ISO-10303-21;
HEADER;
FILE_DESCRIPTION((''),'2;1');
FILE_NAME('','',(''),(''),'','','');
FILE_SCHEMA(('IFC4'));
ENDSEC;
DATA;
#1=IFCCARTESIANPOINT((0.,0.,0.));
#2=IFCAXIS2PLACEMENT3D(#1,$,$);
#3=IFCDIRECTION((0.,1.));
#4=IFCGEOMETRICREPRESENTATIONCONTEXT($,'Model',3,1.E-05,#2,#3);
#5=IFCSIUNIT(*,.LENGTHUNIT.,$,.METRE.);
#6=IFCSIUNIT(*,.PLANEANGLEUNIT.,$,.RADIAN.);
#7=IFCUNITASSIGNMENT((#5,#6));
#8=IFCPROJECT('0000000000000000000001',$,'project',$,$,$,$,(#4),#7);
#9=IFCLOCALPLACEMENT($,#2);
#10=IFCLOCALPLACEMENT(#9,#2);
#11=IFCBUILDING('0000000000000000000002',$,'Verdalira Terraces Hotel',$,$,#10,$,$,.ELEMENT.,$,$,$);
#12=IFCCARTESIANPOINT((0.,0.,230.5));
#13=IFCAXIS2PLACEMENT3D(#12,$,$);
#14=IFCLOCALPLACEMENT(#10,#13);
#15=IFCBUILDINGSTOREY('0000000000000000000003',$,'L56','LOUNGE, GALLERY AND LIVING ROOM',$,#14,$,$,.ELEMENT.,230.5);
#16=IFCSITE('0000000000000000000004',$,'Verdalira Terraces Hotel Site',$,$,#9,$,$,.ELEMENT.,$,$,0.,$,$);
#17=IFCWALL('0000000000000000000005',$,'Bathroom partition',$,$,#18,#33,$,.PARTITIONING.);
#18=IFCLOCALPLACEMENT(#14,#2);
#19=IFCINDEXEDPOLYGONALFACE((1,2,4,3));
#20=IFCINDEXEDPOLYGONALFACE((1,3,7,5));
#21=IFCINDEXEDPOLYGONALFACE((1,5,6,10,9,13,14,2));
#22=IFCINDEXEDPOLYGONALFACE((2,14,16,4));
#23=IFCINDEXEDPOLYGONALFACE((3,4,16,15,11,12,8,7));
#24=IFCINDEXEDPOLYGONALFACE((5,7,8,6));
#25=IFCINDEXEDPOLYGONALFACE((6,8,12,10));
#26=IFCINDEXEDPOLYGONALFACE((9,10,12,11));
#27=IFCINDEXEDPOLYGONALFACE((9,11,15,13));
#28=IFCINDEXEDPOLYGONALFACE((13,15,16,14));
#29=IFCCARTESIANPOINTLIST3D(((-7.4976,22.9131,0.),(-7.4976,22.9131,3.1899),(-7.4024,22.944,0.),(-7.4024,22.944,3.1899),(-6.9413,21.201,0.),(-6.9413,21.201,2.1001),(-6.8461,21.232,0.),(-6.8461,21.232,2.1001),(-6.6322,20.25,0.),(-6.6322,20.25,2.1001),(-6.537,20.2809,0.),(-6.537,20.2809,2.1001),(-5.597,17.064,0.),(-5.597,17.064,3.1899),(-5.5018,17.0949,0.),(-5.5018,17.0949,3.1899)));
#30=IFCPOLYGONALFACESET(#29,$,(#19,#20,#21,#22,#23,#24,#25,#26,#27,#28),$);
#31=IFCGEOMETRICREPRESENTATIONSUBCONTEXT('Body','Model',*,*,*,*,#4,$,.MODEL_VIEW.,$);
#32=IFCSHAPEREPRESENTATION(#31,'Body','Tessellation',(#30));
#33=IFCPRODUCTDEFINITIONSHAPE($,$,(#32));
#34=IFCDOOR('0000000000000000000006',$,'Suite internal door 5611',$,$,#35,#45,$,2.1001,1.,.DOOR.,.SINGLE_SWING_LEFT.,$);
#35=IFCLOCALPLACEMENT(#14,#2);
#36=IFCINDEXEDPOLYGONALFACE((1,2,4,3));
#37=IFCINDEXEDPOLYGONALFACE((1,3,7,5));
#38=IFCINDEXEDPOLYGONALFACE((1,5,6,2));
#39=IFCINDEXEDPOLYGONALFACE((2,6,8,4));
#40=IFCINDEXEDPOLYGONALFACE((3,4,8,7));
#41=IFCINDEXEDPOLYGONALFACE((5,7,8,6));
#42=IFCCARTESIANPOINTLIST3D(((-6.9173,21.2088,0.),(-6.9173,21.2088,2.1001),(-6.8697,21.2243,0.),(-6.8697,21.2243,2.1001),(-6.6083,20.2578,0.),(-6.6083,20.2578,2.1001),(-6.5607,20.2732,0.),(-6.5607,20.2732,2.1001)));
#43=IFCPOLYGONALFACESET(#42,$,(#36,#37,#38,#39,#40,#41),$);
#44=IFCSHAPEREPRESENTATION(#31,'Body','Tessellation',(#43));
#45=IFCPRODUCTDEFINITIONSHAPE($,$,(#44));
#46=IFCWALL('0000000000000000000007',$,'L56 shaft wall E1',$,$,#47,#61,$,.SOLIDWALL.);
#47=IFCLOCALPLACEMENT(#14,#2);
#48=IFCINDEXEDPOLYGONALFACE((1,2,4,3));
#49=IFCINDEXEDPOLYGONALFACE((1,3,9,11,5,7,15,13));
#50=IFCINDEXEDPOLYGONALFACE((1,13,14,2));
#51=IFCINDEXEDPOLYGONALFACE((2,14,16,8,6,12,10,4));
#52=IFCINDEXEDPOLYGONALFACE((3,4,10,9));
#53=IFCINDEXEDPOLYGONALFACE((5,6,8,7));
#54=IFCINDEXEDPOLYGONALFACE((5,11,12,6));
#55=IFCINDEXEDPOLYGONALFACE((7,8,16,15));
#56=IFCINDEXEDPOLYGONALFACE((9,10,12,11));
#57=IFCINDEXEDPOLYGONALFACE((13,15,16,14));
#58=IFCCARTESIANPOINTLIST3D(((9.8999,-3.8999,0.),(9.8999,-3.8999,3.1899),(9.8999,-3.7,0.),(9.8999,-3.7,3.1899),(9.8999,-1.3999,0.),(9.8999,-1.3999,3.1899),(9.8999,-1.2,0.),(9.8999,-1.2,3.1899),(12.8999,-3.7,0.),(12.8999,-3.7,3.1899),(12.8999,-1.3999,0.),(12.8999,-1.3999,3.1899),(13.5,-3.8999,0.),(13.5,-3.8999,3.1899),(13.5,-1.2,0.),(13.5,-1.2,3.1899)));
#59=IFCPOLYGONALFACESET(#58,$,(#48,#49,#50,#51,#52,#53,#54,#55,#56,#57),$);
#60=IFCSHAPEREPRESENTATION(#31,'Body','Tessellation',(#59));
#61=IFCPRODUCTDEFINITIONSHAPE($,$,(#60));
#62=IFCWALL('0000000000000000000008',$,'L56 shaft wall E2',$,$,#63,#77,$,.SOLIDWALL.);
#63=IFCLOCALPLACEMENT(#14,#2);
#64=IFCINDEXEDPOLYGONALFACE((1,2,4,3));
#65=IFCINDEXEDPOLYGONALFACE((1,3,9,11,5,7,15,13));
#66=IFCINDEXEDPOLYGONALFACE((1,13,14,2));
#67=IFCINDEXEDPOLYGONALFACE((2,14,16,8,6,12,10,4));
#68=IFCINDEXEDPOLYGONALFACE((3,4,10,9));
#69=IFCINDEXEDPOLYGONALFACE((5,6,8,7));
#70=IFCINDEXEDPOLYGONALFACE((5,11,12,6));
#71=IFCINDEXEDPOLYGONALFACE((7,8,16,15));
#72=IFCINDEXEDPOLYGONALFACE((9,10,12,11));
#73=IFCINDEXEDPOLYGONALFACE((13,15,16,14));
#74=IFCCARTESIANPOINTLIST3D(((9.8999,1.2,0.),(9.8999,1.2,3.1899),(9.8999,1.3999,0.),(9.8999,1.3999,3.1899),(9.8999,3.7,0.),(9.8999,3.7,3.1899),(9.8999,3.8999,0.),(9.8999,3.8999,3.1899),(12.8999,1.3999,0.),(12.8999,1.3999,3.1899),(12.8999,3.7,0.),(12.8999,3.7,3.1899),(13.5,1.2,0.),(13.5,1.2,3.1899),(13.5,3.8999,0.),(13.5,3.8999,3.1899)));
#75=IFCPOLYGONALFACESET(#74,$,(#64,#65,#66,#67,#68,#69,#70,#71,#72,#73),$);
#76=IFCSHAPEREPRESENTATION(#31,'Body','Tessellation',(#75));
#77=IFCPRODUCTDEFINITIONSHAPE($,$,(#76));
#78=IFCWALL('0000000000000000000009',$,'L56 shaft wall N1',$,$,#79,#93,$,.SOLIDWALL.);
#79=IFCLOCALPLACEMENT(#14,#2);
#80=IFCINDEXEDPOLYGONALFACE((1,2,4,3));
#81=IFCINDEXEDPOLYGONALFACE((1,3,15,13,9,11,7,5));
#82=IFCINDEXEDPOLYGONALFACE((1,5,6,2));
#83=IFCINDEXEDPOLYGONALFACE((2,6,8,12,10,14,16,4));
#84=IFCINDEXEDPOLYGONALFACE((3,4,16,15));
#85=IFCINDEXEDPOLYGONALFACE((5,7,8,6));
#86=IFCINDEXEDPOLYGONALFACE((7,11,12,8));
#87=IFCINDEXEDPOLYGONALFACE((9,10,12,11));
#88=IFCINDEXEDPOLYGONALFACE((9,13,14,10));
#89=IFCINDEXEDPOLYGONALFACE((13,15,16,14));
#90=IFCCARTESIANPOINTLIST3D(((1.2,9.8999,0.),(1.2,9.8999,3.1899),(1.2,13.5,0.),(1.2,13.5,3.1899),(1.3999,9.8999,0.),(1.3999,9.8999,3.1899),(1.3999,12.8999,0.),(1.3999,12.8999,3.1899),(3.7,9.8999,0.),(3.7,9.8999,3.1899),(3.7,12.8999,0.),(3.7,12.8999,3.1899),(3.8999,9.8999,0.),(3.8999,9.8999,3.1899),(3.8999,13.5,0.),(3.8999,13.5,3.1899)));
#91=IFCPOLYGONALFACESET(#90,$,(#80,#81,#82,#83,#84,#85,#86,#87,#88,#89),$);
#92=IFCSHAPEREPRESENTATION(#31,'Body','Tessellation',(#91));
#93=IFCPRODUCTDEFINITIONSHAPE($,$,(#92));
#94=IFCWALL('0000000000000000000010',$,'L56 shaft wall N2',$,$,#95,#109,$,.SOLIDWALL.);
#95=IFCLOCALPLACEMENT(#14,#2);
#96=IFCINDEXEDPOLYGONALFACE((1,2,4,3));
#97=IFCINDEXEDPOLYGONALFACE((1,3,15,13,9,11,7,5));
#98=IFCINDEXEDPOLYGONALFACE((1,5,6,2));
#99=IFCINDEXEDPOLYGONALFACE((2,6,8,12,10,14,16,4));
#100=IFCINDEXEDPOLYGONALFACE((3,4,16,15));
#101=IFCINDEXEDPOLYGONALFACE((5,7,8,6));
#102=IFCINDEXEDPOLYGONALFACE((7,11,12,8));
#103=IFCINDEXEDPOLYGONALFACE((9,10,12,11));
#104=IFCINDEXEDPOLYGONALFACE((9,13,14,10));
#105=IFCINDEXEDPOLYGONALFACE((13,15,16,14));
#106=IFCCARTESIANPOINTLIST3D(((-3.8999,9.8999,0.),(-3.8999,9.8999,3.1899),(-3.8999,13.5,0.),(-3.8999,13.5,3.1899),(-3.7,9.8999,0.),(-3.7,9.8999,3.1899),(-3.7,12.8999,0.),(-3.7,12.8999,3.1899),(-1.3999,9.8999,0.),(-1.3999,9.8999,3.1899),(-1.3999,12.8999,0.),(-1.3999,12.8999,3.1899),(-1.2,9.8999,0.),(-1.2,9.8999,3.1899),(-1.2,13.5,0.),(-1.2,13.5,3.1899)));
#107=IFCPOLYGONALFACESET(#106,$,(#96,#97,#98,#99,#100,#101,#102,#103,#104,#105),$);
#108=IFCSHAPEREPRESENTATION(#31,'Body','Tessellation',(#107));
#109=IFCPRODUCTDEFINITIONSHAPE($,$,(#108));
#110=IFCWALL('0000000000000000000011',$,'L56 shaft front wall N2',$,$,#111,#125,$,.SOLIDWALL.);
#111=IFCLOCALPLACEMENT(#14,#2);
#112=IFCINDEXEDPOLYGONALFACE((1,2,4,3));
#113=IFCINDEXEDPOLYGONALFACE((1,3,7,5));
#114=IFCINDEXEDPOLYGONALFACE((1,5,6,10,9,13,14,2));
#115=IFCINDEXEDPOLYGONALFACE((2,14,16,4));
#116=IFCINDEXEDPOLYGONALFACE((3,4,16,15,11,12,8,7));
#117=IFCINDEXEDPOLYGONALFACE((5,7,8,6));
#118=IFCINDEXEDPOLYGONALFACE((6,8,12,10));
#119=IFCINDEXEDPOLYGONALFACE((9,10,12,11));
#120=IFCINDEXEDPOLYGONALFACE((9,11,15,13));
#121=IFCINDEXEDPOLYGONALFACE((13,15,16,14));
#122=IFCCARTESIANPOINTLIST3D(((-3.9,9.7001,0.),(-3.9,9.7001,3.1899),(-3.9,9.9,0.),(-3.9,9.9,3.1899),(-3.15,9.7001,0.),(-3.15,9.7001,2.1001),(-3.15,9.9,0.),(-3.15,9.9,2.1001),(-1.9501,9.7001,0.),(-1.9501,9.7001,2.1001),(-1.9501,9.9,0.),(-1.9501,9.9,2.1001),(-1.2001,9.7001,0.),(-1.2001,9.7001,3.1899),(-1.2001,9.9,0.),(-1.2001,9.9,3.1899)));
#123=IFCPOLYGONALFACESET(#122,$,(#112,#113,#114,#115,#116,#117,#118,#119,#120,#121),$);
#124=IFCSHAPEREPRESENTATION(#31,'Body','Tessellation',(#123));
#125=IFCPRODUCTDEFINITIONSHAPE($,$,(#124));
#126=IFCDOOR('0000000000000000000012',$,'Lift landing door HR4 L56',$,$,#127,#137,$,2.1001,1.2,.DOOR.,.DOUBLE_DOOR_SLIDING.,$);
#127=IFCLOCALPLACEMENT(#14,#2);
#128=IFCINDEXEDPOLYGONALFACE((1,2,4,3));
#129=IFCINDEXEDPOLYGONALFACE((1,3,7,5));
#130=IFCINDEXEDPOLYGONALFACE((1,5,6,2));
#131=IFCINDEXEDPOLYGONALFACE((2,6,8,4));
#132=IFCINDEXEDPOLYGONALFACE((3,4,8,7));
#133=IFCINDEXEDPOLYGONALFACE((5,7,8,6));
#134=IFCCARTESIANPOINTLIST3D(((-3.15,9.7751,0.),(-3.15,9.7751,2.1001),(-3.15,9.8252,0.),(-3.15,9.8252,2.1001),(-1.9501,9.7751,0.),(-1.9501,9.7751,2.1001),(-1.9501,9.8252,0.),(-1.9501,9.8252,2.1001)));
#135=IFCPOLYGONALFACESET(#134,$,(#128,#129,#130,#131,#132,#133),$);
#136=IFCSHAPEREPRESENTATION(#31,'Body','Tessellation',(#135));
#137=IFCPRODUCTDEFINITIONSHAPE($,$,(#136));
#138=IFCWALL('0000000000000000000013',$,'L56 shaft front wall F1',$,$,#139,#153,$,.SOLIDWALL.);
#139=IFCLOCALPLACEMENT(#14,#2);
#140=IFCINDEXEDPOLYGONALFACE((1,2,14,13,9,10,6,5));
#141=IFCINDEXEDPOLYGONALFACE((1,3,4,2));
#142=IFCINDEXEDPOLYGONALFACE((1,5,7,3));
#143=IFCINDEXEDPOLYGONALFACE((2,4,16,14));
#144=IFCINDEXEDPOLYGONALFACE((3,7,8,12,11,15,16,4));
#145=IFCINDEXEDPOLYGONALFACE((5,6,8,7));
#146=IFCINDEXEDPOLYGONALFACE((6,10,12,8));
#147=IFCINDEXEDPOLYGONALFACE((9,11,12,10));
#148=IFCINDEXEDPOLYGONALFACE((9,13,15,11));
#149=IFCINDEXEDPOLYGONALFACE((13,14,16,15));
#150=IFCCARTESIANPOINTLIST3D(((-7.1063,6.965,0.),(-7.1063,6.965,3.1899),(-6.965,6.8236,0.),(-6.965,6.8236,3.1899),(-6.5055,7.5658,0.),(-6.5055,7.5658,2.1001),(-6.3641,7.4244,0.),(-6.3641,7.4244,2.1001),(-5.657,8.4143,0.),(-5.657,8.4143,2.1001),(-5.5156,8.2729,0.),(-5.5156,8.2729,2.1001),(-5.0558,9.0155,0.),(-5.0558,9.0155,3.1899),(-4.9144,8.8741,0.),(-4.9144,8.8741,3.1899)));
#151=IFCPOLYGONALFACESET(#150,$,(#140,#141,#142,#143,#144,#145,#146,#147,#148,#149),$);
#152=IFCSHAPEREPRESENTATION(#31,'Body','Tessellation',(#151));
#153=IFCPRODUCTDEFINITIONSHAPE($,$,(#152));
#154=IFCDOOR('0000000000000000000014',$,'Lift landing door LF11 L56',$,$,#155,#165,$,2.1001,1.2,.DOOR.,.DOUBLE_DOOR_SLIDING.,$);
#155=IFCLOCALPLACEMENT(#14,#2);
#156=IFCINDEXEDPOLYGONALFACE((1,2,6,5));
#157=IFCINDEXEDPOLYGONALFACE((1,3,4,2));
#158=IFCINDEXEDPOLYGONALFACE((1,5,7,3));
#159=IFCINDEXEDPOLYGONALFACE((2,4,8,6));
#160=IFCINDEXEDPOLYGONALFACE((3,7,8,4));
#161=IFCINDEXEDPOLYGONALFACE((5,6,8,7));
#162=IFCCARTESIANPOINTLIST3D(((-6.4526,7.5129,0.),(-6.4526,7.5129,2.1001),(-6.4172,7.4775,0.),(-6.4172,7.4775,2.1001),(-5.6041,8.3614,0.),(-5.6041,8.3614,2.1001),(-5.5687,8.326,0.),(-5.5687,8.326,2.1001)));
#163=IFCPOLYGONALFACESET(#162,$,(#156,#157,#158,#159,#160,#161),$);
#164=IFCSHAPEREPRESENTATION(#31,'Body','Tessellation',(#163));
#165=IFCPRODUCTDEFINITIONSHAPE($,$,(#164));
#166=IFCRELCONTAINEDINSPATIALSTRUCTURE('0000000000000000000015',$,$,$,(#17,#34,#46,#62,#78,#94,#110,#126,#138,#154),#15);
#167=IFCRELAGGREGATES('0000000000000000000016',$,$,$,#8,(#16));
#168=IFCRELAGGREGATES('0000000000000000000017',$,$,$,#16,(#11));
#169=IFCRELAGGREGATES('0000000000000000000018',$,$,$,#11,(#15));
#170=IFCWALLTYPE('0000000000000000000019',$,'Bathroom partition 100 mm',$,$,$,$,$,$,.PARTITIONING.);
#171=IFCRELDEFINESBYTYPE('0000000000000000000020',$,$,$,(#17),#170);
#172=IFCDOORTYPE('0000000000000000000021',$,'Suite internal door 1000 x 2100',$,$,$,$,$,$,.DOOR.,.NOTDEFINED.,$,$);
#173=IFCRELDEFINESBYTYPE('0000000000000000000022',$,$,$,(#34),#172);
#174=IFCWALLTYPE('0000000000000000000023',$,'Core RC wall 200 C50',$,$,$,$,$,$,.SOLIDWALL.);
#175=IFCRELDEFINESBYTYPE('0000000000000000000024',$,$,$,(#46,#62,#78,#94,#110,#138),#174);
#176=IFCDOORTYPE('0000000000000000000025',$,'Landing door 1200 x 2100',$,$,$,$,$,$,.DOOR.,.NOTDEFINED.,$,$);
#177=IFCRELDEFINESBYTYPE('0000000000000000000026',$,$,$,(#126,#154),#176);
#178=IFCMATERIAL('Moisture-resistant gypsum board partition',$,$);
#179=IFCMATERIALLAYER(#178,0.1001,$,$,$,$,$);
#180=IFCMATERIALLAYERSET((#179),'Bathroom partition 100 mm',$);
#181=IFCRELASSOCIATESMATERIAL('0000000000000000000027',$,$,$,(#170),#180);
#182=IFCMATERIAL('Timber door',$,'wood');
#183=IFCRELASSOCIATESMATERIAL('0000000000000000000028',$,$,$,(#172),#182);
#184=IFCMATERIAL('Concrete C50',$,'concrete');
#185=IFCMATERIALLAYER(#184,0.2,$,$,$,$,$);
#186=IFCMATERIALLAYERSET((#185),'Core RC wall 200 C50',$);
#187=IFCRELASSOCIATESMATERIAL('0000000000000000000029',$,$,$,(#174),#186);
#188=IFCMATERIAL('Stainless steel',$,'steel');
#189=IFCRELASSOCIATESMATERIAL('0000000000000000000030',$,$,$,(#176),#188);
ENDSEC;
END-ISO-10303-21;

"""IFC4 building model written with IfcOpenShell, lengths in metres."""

from ifc_helpers import new_model, si_unit, direction, frame, frame_2d, origin, place, context, subcontext, project, spatial, polyline, rectangle, outline, extrude, material, layer, layer_set, type_object, element, fill, save


model = new_model("IFC4")

# Units and contexts
model_context = context("Model", 3, precision=1e-05, world=origin(), true_north=direction((0.0, 1.0)))
body_context = subcontext(model_context, "Body", "Model", "MODEL_VIEW")
ifc_project = project(units=[si_unit("LENGTHUNIT", "METRE"), si_unit("PLANEANGLEUNIT", "RADIAN")], contexts=[model_context])

# Site, building, storey
site_placement = place(None, origin())
site = spatial("IfcSite", under=ifc_project, at=site_placement, Name="Verdalira Terraces Hotel Site", CompositionType="ELEMENT", RefElevation=0.0)
building_placement = place(site_placement, origin())
building = spatial("IfcBuilding", under=site, at=building_placement, Name="Verdalira Terraces Hotel", CompositionType="ELEMENT")
storey_placement = place(building_placement, frame((0.0, 0.0, 230.5)))
storey = spatial("IfcBuildingStorey", under=building, at=storey_placement, Name="L56", Description="LOUNGE, GALLERY AND LIVING ROOM", CompositionType="ELEMENT", Elevation=230.5)

# Wall, opening, door
ifc_material_1 = material(Name="Moisture-resistant gypsum board partition")
ifc_layer_1 = layer(ifc_material_1, 0.1001)
ifc_layer_set_1 = layer_set([ifc_layer_1], Name="Bathroom partition 100 mm")
wall_type_1 = type_object("IfcWallType", Name="Bathroom partition 100 mm", PredefinedType="PARTITIONING", material=ifc_layer_set_1)
wall_1_placement = place(storey_placement, frame((-5.5493, 17.0793, 0.0), z_axis=(0.0, 0.0, 1.0), x_axis=(-0.309038, 0.95105, 0.0)))
wall_1 = element("IfcWall", 1, at=wall_1_placement, inside=storey, type_object=wall_type_1, Name="Bathroom partition", PredefinedType="PARTITIONING", context=body_context, shape_type="SweptSolid", body=[
    extrude(rectangle(XDim=6.1501, YDim=0.1001, at=frame_2d((3.0752, 0.0))), origin(), (0.0, 0.0, 1.0), 3.1899),
])
opening_1_placement = place(wall_1_placement, frame((3.3501, 0.0, 0.0)))
opening_1 = element("IfcOpeningElement", 2, at=opening_1_placement, cuts=wall_1, PredefinedType="OPENING", context=body_context, shape_type="SweptSolid", body=[
    extrude(rectangle(XDim=1.0, YDim=2.1001, at=frame_2d((0.5, 1.05))), frame((0.0, 0.0601, 0.0), z_axis=(0.0, -1.0, 0.0), x_axis=(1.0, 0.0, 0.0)), (0.0, 0.0, 1.0), 0.1201),
])
ifc_material_2 = material(Name="Timber door", Category="wood")
door_type_1 = type_object("IfcDoorType", Name="Suite internal door 1000 x 2100", OperationType="NOTDEFINED", PredefinedType="DOOR", material=ifc_material_2)
door_1_placement = place(opening_1_placement, origin())
door_1 = element("IfcDoor", 3, at=door_1_placement, inside=storey, type_object=door_type_1, Name="Suite internal door 5611", OperationType="SINGLE_SWING_LEFT", OverallHeight=2.1001, OverallWidth=1.0, PredefinedType="DOOR", context=body_context, shape_type="SweptSolid", body=[
    extrude(rectangle(XDim=1.0, YDim=2.1001, at=frame_2d((0.5, 1.05))), frame((0.0, 0.0249, 0.0), z_axis=(0.0, -1.0, 0.0), x_axis=(1.0, 0.0, 0.0)), (0.0, 0.0, 1.0), 0.05),
])
fill(opening_1, door_1)

# Walls
ifc_material_3 = material(Name="Concrete C50", Category="concrete")
ifc_layer_2 = layer(ifc_material_3, 0.2)
ifc_layer_set_2 = layer_set([ifc_layer_2], Name="Core RC wall 200 C50")
wall_type_2 = type_object("IfcWallType", Name="Core RC wall 200 C50", PredefinedType="SOLIDWALL", material=ifc_layer_set_2)
wall_2_placement = place(storey_placement, origin())
element("IfcWall", 4, at=wall_2_placement, inside=storey, type_object=wall_type_2, Name="L56 shaft wall E1", PredefinedType="SOLIDWALL", context=body_context, shape_type="SweptSolid", body=[
    extrude(outline(polyline([(13.5, -3.8999), (9.8999, -3.8999), (9.8999, -3.7), (12.8999, -3.7), (12.8999, -1.3999), (9.8999, -1.3999), (9.8999, -1.2), (13.5, -1.2), (13.5, -3.8999)])), origin(), (0.0, 0.0, 1.0), 3.1899),
])
wall_3_placement = place(storey_placement, origin())
element("IfcWall", 5, at=wall_3_placement, inside=storey, type_object=wall_type_2, Name="L56 shaft wall E2", PredefinedType="SOLIDWALL", context=body_context, shape_type="SweptSolid", body=[
    extrude(outline(polyline([(13.5, 3.8999), (13.5, 1.2), (9.8999, 1.2), (9.8999, 1.3999), (12.8999, 1.3999), (12.8999, 3.7), (9.8999, 3.7), (9.8999, 3.8999), (13.5, 3.8999)])), origin(), (0.0, 0.0, 1.0), 3.1899),
])
wall_4_placement = place(storey_placement, origin())
element("IfcWall", 6, at=wall_4_placement, inside=storey, type_object=wall_type_2, Name="L56 shaft wall N1", PredefinedType="SOLIDWALL", context=body_context, shape_type="SweptSolid", body=[
    extrude(outline(polyline([(3.8999, 9.8999), (3.7, 9.8999), (3.7, 12.8999), (1.3999, 12.8999), (1.3999, 9.8999), (1.2, 9.8999), (1.2, 13.5), (3.8999, 13.5), (3.8999, 9.8999)])), origin(), (0.0, 0.0, 1.0), 3.1899),
])
wall_5_placement = place(storey_placement, origin())
element("IfcWall", 7, at=wall_5_placement, inside=storey, type_object=wall_type_2, Name="L56 shaft wall N2", PredefinedType="SOLIDWALL", context=body_context, shape_type="SweptSolid", body=[
    extrude(outline(polyline([(-3.8999, 13.5), (-1.2, 13.5), (-1.2, 9.8999), (-1.3999, 9.8999), (-1.3999, 12.8999), (-3.7, 12.8999), (-3.7, 9.8999), (-3.8999, 9.8999), (-3.8999, 13.5)])), origin(), (0.0, 0.0, 1.0), 3.1899),
])

# Walls, openings, doors
wall_6_placement = place(storey_placement, frame((-1.2, 9.8, 0.0), z_axis=(0.0, 0.0, 1.0), x_axis=(-1.0, 0.0, 0.0)))
wall_6 = element("IfcWall", 8, at=wall_6_placement, inside=storey, type_object=wall_type_2, Name="L56 shaft front wall N2", PredefinedType="SOLIDWALL", context=body_context, shape_type="SweptSolid", body=[
    extrude(rectangle(XDim=2.7, YDim=0.2, at=frame_2d((1.3501, 0.0))), origin(), (0.0, 0.0, 1.0), 3.1899),
])
opening_2_placement = place(wall_6_placement, frame((0.75, 0.0, 0.0)))
opening_2 = element("IfcOpeningElement", 9, at=opening_2_placement, cuts=wall_6, PredefinedType="OPENING", context=body_context, shape_type="SweptSolid", body=[
    extrude(rectangle(XDim=1.2, YDim=2.1001, at=frame_2d((0.6001, 1.05))), frame((0.0, 0.1099, 0.0), z_axis=(0.0, -1.0, 0.0), x_axis=(1.0, 0.0, 0.0)), (0.0, 0.0, 1.0), 0.22),
])
ifc_material_4 = material(Name="Stainless steel", Category="steel")
door_type_2 = type_object("IfcDoorType", Name="Landing door 1200 x 2100", OperationType="NOTDEFINED", PredefinedType="DOOR", material=ifc_material_4)
door_2_placement = place(opening_2_placement, origin())
door_2 = element("IfcDoor", 10, at=door_2_placement, inside=storey, type_object=door_type_2, Name="Lift landing door HR4 L56", OperationType="DOUBLE_DOOR_SLIDING", OverallHeight=2.1001, OverallWidth=1.2, PredefinedType="DOOR", context=body_context, shape_type="SweptSolid", body=[
    extrude(rectangle(XDim=1.2, YDim=2.1001, at=frame_2d((0.6001, 1.05))), frame((0.0, 0.0249, 0.0), z_axis=(0.0, -1.0, 0.0), x_axis=(1.0, 0.0, 0.0)), (0.0, 0.0, 1.0), 0.05),
])
fill(opening_2, door_2)
wall_7_placement = place(storey_placement, frame((-4.9851, 8.9448, 0.0), z_axis=(0.0, 0.0, 1.0), x_axis=(-0.707107, -0.707107, 0.0)))
wall_7 = element("IfcWall", 11, at=wall_7_placement, inside=storey, type_object=wall_type_2, Name="L56 shaft front wall F1", PredefinedType="SOLIDWALL", context=body_context, shape_type="SweptSolid", body=[
    extrude(rectangle(XDim=2.8999, YDim=0.2, at=frame_2d((1.45, 0.0))), origin(), (0.0, 0.0, 1.0), 3.1899),
])
opening_3_placement = place(wall_7_placement, frame((0.8501, 0.0, 0.0)))
opening_3 = element("IfcOpeningElement", 12, at=opening_3_placement, cuts=wall_7, PredefinedType="OPENING", context=body_context, shape_type="SweptSolid", body=[
    extrude(rectangle(XDim=1.2, YDim=2.1001, at=frame_2d((0.6001, 1.05))), frame((0.0, 0.1099, 0.0), z_axis=(0.0, -1.0, 0.0), x_axis=(1.0, 0.0, 0.0)), (0.0, 0.0, 1.0), 0.22),
])
door_3_placement = place(opening_3_placement, origin())
door_3 = element("IfcDoor", 13, at=door_3_placement, inside=storey, type_object=door_type_2, Name="Lift landing door LF11 L56", OperationType="DOUBLE_DOOR_SLIDING", OverallHeight=2.1001, OverallWidth=1.2, PredefinedType="DOOR", context=body_context, shape_type="SweptSolid", body=[
    extrude(rectangle(XDim=1.2, YDim=2.1001, at=frame_2d((0.6001, 1.05))), frame((0.0, 0.0249, 0.0), z_axis=(0.0, -1.0, 0.0), x_axis=(1.0, 0.0, 0.0)), (0.0, 0.0, 1.0), 0.05),
])
fill(opening_3, door_3)

save(model, "model.ifc")
